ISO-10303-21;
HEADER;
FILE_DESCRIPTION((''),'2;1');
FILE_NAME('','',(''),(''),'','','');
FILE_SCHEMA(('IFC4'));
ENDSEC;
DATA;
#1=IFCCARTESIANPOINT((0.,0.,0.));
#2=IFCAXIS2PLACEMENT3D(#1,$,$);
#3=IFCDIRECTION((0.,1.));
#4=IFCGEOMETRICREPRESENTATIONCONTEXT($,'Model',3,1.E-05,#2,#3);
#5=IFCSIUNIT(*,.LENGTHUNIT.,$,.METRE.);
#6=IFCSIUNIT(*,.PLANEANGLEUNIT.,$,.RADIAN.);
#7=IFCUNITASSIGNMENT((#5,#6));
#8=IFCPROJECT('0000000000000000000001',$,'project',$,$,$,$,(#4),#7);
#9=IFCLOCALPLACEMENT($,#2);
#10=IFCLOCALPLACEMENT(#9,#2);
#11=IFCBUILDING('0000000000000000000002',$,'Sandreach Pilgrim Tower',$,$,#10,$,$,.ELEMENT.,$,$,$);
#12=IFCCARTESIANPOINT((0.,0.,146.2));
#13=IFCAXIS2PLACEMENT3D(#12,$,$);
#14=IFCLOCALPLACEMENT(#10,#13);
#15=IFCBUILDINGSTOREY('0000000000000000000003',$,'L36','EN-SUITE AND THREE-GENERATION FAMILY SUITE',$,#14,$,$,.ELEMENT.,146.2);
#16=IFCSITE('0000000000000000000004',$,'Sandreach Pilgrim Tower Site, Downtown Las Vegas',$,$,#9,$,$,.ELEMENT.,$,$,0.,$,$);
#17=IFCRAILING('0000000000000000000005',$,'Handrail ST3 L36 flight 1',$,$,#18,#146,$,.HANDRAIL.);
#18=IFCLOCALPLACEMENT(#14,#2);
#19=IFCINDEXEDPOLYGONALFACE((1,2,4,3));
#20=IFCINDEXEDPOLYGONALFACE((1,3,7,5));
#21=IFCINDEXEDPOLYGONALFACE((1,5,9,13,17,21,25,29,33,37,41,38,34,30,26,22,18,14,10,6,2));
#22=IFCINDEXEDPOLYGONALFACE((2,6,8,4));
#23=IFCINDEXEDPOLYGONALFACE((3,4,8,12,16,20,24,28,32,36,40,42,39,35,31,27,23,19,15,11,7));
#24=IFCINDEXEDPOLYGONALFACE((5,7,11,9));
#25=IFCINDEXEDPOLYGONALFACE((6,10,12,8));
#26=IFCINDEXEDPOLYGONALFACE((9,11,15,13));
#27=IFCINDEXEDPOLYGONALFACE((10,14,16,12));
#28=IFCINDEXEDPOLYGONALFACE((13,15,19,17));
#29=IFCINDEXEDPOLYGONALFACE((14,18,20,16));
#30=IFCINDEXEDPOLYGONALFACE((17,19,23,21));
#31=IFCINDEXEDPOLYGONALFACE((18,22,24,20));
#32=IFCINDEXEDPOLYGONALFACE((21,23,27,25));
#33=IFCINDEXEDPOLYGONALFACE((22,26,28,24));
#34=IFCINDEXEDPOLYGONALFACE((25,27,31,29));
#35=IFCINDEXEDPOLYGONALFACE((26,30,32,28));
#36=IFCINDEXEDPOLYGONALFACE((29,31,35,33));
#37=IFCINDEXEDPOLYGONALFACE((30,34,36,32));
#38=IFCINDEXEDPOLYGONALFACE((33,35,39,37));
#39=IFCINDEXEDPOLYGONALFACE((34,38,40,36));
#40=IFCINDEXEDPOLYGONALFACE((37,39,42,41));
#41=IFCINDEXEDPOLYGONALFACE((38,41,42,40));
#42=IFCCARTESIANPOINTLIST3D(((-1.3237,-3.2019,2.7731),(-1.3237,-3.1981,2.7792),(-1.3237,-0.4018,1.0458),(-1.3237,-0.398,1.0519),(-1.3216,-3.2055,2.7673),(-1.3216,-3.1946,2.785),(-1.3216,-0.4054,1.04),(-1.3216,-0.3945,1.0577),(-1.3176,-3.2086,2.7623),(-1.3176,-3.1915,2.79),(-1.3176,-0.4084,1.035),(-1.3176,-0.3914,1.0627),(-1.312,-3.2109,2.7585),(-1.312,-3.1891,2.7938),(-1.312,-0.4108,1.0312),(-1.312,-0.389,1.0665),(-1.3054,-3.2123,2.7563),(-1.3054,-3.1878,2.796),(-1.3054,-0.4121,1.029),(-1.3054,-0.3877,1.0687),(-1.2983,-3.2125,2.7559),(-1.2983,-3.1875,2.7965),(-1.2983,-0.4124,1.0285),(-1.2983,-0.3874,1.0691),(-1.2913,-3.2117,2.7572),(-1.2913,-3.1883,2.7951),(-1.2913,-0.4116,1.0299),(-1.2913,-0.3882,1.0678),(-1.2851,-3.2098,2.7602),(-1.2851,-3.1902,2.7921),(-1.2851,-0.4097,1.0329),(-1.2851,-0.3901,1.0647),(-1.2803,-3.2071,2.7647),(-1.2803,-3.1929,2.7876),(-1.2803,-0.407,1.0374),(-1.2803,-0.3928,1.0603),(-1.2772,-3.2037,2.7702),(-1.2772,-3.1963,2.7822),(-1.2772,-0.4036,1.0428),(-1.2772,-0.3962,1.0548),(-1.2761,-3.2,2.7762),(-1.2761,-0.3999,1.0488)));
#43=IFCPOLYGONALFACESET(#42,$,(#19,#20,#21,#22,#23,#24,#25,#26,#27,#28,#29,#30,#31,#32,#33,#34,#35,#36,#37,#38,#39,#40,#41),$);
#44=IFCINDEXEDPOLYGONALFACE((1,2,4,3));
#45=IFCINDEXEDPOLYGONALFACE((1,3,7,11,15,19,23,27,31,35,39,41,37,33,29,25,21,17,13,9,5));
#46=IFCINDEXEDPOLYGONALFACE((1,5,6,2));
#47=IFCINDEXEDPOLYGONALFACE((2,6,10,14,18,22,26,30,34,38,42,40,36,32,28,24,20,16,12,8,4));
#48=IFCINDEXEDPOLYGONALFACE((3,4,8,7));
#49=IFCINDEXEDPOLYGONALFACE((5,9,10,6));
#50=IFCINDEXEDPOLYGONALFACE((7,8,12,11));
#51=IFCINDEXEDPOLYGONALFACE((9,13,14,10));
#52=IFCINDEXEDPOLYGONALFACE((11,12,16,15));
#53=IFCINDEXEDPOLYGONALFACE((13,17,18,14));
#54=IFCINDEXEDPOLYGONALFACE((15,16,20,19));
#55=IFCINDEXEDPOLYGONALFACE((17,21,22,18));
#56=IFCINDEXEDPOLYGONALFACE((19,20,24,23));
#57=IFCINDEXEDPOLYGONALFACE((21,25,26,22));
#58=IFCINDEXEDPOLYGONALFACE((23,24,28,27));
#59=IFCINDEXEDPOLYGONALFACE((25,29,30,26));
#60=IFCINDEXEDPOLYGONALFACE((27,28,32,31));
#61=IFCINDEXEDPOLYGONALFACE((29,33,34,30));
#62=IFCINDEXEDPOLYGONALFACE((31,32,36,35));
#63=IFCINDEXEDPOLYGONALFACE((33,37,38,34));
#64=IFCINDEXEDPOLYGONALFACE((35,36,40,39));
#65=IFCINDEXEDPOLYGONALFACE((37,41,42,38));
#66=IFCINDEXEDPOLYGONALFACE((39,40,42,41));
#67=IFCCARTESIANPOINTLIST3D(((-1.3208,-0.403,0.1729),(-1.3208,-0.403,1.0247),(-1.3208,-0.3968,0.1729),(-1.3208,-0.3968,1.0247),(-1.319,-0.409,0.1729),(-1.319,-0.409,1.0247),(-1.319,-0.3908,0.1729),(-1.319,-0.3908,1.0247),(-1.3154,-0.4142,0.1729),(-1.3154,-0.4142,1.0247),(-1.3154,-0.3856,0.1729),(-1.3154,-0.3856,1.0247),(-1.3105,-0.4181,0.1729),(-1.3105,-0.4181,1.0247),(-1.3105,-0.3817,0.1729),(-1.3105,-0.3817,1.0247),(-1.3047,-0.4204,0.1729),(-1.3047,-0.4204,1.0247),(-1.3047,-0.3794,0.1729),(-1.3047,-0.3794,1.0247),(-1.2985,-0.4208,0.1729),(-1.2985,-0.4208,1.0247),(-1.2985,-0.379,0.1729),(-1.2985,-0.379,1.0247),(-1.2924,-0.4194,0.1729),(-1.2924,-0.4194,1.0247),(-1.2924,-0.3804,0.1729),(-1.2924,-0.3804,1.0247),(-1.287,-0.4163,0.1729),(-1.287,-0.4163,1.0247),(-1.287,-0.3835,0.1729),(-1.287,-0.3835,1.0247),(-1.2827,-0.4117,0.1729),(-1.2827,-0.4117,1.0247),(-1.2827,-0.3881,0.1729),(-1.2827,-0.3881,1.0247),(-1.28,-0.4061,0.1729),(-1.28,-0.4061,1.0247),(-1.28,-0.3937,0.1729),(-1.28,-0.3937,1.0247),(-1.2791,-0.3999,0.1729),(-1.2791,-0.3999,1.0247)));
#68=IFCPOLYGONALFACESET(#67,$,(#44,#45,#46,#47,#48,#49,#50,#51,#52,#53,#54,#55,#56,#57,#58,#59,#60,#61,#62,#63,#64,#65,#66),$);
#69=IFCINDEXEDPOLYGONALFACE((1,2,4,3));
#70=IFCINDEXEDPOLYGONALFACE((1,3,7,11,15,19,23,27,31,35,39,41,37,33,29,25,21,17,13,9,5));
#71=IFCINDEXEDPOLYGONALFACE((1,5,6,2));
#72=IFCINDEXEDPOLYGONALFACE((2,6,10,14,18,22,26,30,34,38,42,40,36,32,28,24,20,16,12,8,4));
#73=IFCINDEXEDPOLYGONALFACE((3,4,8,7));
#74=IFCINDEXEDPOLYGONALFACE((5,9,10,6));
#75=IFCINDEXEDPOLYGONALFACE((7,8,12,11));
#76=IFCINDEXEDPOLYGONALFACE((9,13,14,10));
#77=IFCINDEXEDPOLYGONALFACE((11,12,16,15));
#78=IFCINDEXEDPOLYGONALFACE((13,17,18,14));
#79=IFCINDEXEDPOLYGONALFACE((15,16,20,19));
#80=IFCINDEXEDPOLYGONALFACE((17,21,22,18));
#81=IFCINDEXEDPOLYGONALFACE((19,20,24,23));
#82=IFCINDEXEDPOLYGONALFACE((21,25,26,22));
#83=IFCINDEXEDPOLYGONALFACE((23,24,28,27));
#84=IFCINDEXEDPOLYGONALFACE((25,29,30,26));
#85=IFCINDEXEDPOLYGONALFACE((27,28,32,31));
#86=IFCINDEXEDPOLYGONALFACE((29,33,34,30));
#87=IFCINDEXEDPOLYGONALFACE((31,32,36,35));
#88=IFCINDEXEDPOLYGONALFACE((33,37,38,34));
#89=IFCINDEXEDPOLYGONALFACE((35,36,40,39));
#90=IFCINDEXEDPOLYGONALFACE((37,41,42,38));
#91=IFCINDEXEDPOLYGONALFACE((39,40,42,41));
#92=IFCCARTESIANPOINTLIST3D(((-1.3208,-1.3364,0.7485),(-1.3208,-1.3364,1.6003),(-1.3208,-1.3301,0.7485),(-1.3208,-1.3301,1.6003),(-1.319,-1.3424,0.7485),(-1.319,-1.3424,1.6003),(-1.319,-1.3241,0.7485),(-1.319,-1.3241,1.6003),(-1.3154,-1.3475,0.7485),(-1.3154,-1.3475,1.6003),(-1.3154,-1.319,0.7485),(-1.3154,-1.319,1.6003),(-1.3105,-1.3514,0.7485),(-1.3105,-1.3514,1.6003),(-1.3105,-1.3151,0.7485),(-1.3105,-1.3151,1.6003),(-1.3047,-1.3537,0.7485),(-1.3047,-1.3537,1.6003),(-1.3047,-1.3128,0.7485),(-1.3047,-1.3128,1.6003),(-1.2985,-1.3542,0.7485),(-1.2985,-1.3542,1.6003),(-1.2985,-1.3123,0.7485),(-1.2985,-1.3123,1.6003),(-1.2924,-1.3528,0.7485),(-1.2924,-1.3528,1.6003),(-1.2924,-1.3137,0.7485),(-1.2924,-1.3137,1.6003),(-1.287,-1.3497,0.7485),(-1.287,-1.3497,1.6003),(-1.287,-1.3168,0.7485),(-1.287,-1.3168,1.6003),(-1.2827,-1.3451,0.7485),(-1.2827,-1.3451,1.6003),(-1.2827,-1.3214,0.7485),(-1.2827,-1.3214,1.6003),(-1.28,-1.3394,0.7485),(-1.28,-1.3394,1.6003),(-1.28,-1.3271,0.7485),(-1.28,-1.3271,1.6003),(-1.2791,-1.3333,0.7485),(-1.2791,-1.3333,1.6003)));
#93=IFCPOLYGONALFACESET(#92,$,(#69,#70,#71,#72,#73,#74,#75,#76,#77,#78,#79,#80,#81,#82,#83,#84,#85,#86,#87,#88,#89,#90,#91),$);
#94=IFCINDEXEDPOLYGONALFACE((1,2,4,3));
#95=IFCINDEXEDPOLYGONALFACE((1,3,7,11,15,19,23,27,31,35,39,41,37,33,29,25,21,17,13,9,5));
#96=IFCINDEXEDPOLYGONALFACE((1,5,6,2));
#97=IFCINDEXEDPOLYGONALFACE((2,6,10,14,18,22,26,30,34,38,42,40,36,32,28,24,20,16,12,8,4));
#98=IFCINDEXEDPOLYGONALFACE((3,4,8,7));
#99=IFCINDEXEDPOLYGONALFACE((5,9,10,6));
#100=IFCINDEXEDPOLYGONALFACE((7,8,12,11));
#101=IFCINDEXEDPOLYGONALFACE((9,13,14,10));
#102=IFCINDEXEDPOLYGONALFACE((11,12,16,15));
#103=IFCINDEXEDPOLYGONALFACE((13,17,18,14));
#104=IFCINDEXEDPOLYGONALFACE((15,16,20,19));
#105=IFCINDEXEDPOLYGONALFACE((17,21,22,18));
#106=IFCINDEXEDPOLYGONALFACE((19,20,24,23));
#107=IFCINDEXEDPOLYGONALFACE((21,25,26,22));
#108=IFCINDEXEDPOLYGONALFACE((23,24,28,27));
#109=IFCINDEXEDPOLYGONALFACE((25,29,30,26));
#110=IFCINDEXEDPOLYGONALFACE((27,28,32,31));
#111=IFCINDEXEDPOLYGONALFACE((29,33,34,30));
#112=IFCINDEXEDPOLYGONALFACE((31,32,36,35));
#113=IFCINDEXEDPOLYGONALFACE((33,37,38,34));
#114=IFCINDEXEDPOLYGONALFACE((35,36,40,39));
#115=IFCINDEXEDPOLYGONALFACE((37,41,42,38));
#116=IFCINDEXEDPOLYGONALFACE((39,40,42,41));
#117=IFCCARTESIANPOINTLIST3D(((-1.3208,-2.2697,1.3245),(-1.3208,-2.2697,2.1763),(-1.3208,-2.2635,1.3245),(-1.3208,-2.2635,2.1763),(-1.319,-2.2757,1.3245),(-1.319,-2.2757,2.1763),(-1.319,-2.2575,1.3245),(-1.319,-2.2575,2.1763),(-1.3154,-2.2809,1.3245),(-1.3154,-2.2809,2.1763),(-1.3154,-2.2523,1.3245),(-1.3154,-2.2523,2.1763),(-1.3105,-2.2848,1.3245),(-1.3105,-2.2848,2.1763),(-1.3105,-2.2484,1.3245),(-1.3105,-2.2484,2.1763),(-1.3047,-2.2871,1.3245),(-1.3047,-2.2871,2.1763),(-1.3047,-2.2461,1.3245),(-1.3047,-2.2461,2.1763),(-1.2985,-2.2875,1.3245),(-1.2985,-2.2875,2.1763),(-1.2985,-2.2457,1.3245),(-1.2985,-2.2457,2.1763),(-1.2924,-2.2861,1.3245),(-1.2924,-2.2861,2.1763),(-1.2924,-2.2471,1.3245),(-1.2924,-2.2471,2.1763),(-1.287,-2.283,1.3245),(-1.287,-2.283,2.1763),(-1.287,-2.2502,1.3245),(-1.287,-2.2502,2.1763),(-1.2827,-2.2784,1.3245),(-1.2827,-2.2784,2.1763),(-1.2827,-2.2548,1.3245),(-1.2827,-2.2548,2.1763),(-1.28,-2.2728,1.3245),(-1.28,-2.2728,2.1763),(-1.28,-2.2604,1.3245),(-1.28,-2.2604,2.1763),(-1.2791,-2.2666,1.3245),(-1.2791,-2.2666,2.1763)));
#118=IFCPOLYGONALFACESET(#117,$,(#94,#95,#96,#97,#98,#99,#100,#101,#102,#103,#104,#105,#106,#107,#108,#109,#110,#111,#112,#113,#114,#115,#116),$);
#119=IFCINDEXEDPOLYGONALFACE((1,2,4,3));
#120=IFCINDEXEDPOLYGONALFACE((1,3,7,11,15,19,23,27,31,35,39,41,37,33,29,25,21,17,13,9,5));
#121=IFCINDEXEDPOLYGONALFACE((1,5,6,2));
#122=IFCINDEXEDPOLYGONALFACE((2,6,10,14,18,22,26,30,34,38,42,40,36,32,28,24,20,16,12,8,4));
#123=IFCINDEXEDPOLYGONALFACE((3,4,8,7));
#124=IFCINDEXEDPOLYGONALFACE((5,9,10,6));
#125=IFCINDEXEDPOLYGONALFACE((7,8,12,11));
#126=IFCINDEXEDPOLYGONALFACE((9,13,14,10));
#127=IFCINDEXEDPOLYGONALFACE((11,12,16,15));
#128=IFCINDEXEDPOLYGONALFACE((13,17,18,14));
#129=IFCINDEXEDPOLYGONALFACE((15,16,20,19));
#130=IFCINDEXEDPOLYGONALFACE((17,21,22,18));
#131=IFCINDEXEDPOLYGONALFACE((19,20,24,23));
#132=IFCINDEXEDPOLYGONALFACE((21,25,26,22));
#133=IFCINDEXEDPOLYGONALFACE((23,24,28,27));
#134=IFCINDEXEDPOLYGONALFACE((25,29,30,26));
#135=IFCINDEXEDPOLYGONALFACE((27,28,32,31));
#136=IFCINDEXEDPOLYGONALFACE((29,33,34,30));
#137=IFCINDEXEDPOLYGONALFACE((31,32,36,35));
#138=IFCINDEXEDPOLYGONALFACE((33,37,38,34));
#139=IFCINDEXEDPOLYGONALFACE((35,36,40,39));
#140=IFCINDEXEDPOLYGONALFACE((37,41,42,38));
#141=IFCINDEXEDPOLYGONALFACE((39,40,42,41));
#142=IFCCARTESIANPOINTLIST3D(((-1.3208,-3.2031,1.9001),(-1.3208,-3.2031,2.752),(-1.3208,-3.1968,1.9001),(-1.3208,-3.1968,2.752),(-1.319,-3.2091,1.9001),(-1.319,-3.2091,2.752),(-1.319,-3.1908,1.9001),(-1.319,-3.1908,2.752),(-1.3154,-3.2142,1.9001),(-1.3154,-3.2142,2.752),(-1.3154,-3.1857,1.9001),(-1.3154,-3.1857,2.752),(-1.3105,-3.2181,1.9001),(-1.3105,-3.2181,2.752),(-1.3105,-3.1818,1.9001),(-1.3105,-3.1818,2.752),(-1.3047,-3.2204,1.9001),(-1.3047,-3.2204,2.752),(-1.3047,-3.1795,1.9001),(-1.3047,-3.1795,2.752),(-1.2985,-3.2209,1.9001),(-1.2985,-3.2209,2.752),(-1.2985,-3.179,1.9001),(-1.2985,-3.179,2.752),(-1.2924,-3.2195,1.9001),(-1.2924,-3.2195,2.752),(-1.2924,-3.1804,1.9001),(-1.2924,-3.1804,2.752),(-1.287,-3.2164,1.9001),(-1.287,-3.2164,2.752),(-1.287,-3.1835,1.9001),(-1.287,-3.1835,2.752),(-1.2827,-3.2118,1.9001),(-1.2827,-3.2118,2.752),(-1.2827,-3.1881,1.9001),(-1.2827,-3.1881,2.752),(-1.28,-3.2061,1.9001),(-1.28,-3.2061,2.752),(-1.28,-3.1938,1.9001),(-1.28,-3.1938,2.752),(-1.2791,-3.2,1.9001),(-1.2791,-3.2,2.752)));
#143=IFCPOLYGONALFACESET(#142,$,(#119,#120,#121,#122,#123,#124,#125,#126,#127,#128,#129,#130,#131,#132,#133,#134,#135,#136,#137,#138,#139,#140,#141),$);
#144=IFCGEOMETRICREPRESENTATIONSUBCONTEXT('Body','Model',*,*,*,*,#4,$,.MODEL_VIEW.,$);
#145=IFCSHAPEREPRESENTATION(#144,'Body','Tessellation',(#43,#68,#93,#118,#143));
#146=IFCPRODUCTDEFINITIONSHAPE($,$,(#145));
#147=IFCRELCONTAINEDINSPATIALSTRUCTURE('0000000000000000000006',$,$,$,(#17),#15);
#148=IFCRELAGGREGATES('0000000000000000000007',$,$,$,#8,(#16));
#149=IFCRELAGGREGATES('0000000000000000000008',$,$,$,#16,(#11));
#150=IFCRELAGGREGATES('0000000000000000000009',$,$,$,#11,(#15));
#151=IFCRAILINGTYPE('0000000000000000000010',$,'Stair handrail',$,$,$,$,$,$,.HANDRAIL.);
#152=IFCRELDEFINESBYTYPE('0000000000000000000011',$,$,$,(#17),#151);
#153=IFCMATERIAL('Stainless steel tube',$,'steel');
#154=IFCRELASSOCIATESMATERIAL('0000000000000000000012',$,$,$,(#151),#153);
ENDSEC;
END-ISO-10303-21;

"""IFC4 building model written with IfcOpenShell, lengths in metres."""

from ifc_helpers import new_model, si_unit, direction, frame, origin, origin_2d, place, context, subcontext, project, spatial, circle, extrude, material, type_object, element, save


model = new_model("IFC4")

# Units and contexts
model_context = context("Model", 3, precision=1e-05, world=origin(), true_north=direction((0.0, 1.0)))
body_context = subcontext(model_context, "Body", "Model", "MODEL_VIEW")
ifc_project = project(units=[si_unit("LENGTHUNIT", "METRE"), si_unit("PLANEANGLEUNIT", "RADIAN")], contexts=[model_context])

# Site, building, storey
site_placement = place(None, origin())
site = spatial("IfcSite", under=ifc_project, at=site_placement, Name="Sandreach Pilgrim Tower Site, Downtown Las Vegas", CompositionType="ELEMENT", RefElevation=0.0)
building_placement = place(site_placement, origin())
building = spatial("IfcBuilding", under=site, at=building_placement, Name="Sandreach Pilgrim Tower", CompositionType="ELEMENT")
storey_placement = place(building_placement, frame((0.0, 0.0, 146.2)))
storey = spatial("IfcBuildingStorey", under=building, at=storey_placement, Name="L36", Description="EN-SUITE AND THREE-GENERATION FAMILY SUITE", CompositionType="ELEMENT", Elevation=146.2)

# Railing
ifc_material_1 = material(Name="Stainless steel tube", Category="steel")
railing_type = type_object("IfcRailingType", Name="Stair handrail", PredefinedType="HANDRAIL", material=ifc_material_1)
for number, where, name in (
    (1, (-1.3, -0.3999, 0.1729), "Handrail ST3 L36 flight 1"),
):
    element("IfcRailing", number, at=place(storey_placement, frame(where)), inside=storey, type_object=railing_type, Name=name, PredefinedType="HANDRAIL", context=body_context, shape_type="SweptSolid", body=[
        extrude(circle(Radius=0.0239, at=origin_2d()), frame((0.0, 0.0, 0.876), z_axis=(0.0, -0.85109, 0.52502), x_axis=(1.0, 0.0, 0.0)), (0.0, 0.0, 1.0), 3.29),
        extrude(circle(Radius=0.021, at=origin_2d()), origin(), (0.0, 0.0, 1.0), 0.8518),
        extrude(circle(Radius=0.021, at=origin_2d()), frame((0.0, -0.9333, 0.5757)), (0.0, 0.0, 1.0), 0.8518),
        extrude(circle(Radius=0.021, at=origin_2d()), frame((0.0, -1.8667, 1.1516)), (0.0, 0.0, 1.0), 0.8518),
        extrude(circle(Radius=0.021, at=origin_2d()), frame((0.0, -2.8, 1.7273)), (0.0, 0.0, 1.0), 0.8518),
    ])

save(model, "model.ifc")
